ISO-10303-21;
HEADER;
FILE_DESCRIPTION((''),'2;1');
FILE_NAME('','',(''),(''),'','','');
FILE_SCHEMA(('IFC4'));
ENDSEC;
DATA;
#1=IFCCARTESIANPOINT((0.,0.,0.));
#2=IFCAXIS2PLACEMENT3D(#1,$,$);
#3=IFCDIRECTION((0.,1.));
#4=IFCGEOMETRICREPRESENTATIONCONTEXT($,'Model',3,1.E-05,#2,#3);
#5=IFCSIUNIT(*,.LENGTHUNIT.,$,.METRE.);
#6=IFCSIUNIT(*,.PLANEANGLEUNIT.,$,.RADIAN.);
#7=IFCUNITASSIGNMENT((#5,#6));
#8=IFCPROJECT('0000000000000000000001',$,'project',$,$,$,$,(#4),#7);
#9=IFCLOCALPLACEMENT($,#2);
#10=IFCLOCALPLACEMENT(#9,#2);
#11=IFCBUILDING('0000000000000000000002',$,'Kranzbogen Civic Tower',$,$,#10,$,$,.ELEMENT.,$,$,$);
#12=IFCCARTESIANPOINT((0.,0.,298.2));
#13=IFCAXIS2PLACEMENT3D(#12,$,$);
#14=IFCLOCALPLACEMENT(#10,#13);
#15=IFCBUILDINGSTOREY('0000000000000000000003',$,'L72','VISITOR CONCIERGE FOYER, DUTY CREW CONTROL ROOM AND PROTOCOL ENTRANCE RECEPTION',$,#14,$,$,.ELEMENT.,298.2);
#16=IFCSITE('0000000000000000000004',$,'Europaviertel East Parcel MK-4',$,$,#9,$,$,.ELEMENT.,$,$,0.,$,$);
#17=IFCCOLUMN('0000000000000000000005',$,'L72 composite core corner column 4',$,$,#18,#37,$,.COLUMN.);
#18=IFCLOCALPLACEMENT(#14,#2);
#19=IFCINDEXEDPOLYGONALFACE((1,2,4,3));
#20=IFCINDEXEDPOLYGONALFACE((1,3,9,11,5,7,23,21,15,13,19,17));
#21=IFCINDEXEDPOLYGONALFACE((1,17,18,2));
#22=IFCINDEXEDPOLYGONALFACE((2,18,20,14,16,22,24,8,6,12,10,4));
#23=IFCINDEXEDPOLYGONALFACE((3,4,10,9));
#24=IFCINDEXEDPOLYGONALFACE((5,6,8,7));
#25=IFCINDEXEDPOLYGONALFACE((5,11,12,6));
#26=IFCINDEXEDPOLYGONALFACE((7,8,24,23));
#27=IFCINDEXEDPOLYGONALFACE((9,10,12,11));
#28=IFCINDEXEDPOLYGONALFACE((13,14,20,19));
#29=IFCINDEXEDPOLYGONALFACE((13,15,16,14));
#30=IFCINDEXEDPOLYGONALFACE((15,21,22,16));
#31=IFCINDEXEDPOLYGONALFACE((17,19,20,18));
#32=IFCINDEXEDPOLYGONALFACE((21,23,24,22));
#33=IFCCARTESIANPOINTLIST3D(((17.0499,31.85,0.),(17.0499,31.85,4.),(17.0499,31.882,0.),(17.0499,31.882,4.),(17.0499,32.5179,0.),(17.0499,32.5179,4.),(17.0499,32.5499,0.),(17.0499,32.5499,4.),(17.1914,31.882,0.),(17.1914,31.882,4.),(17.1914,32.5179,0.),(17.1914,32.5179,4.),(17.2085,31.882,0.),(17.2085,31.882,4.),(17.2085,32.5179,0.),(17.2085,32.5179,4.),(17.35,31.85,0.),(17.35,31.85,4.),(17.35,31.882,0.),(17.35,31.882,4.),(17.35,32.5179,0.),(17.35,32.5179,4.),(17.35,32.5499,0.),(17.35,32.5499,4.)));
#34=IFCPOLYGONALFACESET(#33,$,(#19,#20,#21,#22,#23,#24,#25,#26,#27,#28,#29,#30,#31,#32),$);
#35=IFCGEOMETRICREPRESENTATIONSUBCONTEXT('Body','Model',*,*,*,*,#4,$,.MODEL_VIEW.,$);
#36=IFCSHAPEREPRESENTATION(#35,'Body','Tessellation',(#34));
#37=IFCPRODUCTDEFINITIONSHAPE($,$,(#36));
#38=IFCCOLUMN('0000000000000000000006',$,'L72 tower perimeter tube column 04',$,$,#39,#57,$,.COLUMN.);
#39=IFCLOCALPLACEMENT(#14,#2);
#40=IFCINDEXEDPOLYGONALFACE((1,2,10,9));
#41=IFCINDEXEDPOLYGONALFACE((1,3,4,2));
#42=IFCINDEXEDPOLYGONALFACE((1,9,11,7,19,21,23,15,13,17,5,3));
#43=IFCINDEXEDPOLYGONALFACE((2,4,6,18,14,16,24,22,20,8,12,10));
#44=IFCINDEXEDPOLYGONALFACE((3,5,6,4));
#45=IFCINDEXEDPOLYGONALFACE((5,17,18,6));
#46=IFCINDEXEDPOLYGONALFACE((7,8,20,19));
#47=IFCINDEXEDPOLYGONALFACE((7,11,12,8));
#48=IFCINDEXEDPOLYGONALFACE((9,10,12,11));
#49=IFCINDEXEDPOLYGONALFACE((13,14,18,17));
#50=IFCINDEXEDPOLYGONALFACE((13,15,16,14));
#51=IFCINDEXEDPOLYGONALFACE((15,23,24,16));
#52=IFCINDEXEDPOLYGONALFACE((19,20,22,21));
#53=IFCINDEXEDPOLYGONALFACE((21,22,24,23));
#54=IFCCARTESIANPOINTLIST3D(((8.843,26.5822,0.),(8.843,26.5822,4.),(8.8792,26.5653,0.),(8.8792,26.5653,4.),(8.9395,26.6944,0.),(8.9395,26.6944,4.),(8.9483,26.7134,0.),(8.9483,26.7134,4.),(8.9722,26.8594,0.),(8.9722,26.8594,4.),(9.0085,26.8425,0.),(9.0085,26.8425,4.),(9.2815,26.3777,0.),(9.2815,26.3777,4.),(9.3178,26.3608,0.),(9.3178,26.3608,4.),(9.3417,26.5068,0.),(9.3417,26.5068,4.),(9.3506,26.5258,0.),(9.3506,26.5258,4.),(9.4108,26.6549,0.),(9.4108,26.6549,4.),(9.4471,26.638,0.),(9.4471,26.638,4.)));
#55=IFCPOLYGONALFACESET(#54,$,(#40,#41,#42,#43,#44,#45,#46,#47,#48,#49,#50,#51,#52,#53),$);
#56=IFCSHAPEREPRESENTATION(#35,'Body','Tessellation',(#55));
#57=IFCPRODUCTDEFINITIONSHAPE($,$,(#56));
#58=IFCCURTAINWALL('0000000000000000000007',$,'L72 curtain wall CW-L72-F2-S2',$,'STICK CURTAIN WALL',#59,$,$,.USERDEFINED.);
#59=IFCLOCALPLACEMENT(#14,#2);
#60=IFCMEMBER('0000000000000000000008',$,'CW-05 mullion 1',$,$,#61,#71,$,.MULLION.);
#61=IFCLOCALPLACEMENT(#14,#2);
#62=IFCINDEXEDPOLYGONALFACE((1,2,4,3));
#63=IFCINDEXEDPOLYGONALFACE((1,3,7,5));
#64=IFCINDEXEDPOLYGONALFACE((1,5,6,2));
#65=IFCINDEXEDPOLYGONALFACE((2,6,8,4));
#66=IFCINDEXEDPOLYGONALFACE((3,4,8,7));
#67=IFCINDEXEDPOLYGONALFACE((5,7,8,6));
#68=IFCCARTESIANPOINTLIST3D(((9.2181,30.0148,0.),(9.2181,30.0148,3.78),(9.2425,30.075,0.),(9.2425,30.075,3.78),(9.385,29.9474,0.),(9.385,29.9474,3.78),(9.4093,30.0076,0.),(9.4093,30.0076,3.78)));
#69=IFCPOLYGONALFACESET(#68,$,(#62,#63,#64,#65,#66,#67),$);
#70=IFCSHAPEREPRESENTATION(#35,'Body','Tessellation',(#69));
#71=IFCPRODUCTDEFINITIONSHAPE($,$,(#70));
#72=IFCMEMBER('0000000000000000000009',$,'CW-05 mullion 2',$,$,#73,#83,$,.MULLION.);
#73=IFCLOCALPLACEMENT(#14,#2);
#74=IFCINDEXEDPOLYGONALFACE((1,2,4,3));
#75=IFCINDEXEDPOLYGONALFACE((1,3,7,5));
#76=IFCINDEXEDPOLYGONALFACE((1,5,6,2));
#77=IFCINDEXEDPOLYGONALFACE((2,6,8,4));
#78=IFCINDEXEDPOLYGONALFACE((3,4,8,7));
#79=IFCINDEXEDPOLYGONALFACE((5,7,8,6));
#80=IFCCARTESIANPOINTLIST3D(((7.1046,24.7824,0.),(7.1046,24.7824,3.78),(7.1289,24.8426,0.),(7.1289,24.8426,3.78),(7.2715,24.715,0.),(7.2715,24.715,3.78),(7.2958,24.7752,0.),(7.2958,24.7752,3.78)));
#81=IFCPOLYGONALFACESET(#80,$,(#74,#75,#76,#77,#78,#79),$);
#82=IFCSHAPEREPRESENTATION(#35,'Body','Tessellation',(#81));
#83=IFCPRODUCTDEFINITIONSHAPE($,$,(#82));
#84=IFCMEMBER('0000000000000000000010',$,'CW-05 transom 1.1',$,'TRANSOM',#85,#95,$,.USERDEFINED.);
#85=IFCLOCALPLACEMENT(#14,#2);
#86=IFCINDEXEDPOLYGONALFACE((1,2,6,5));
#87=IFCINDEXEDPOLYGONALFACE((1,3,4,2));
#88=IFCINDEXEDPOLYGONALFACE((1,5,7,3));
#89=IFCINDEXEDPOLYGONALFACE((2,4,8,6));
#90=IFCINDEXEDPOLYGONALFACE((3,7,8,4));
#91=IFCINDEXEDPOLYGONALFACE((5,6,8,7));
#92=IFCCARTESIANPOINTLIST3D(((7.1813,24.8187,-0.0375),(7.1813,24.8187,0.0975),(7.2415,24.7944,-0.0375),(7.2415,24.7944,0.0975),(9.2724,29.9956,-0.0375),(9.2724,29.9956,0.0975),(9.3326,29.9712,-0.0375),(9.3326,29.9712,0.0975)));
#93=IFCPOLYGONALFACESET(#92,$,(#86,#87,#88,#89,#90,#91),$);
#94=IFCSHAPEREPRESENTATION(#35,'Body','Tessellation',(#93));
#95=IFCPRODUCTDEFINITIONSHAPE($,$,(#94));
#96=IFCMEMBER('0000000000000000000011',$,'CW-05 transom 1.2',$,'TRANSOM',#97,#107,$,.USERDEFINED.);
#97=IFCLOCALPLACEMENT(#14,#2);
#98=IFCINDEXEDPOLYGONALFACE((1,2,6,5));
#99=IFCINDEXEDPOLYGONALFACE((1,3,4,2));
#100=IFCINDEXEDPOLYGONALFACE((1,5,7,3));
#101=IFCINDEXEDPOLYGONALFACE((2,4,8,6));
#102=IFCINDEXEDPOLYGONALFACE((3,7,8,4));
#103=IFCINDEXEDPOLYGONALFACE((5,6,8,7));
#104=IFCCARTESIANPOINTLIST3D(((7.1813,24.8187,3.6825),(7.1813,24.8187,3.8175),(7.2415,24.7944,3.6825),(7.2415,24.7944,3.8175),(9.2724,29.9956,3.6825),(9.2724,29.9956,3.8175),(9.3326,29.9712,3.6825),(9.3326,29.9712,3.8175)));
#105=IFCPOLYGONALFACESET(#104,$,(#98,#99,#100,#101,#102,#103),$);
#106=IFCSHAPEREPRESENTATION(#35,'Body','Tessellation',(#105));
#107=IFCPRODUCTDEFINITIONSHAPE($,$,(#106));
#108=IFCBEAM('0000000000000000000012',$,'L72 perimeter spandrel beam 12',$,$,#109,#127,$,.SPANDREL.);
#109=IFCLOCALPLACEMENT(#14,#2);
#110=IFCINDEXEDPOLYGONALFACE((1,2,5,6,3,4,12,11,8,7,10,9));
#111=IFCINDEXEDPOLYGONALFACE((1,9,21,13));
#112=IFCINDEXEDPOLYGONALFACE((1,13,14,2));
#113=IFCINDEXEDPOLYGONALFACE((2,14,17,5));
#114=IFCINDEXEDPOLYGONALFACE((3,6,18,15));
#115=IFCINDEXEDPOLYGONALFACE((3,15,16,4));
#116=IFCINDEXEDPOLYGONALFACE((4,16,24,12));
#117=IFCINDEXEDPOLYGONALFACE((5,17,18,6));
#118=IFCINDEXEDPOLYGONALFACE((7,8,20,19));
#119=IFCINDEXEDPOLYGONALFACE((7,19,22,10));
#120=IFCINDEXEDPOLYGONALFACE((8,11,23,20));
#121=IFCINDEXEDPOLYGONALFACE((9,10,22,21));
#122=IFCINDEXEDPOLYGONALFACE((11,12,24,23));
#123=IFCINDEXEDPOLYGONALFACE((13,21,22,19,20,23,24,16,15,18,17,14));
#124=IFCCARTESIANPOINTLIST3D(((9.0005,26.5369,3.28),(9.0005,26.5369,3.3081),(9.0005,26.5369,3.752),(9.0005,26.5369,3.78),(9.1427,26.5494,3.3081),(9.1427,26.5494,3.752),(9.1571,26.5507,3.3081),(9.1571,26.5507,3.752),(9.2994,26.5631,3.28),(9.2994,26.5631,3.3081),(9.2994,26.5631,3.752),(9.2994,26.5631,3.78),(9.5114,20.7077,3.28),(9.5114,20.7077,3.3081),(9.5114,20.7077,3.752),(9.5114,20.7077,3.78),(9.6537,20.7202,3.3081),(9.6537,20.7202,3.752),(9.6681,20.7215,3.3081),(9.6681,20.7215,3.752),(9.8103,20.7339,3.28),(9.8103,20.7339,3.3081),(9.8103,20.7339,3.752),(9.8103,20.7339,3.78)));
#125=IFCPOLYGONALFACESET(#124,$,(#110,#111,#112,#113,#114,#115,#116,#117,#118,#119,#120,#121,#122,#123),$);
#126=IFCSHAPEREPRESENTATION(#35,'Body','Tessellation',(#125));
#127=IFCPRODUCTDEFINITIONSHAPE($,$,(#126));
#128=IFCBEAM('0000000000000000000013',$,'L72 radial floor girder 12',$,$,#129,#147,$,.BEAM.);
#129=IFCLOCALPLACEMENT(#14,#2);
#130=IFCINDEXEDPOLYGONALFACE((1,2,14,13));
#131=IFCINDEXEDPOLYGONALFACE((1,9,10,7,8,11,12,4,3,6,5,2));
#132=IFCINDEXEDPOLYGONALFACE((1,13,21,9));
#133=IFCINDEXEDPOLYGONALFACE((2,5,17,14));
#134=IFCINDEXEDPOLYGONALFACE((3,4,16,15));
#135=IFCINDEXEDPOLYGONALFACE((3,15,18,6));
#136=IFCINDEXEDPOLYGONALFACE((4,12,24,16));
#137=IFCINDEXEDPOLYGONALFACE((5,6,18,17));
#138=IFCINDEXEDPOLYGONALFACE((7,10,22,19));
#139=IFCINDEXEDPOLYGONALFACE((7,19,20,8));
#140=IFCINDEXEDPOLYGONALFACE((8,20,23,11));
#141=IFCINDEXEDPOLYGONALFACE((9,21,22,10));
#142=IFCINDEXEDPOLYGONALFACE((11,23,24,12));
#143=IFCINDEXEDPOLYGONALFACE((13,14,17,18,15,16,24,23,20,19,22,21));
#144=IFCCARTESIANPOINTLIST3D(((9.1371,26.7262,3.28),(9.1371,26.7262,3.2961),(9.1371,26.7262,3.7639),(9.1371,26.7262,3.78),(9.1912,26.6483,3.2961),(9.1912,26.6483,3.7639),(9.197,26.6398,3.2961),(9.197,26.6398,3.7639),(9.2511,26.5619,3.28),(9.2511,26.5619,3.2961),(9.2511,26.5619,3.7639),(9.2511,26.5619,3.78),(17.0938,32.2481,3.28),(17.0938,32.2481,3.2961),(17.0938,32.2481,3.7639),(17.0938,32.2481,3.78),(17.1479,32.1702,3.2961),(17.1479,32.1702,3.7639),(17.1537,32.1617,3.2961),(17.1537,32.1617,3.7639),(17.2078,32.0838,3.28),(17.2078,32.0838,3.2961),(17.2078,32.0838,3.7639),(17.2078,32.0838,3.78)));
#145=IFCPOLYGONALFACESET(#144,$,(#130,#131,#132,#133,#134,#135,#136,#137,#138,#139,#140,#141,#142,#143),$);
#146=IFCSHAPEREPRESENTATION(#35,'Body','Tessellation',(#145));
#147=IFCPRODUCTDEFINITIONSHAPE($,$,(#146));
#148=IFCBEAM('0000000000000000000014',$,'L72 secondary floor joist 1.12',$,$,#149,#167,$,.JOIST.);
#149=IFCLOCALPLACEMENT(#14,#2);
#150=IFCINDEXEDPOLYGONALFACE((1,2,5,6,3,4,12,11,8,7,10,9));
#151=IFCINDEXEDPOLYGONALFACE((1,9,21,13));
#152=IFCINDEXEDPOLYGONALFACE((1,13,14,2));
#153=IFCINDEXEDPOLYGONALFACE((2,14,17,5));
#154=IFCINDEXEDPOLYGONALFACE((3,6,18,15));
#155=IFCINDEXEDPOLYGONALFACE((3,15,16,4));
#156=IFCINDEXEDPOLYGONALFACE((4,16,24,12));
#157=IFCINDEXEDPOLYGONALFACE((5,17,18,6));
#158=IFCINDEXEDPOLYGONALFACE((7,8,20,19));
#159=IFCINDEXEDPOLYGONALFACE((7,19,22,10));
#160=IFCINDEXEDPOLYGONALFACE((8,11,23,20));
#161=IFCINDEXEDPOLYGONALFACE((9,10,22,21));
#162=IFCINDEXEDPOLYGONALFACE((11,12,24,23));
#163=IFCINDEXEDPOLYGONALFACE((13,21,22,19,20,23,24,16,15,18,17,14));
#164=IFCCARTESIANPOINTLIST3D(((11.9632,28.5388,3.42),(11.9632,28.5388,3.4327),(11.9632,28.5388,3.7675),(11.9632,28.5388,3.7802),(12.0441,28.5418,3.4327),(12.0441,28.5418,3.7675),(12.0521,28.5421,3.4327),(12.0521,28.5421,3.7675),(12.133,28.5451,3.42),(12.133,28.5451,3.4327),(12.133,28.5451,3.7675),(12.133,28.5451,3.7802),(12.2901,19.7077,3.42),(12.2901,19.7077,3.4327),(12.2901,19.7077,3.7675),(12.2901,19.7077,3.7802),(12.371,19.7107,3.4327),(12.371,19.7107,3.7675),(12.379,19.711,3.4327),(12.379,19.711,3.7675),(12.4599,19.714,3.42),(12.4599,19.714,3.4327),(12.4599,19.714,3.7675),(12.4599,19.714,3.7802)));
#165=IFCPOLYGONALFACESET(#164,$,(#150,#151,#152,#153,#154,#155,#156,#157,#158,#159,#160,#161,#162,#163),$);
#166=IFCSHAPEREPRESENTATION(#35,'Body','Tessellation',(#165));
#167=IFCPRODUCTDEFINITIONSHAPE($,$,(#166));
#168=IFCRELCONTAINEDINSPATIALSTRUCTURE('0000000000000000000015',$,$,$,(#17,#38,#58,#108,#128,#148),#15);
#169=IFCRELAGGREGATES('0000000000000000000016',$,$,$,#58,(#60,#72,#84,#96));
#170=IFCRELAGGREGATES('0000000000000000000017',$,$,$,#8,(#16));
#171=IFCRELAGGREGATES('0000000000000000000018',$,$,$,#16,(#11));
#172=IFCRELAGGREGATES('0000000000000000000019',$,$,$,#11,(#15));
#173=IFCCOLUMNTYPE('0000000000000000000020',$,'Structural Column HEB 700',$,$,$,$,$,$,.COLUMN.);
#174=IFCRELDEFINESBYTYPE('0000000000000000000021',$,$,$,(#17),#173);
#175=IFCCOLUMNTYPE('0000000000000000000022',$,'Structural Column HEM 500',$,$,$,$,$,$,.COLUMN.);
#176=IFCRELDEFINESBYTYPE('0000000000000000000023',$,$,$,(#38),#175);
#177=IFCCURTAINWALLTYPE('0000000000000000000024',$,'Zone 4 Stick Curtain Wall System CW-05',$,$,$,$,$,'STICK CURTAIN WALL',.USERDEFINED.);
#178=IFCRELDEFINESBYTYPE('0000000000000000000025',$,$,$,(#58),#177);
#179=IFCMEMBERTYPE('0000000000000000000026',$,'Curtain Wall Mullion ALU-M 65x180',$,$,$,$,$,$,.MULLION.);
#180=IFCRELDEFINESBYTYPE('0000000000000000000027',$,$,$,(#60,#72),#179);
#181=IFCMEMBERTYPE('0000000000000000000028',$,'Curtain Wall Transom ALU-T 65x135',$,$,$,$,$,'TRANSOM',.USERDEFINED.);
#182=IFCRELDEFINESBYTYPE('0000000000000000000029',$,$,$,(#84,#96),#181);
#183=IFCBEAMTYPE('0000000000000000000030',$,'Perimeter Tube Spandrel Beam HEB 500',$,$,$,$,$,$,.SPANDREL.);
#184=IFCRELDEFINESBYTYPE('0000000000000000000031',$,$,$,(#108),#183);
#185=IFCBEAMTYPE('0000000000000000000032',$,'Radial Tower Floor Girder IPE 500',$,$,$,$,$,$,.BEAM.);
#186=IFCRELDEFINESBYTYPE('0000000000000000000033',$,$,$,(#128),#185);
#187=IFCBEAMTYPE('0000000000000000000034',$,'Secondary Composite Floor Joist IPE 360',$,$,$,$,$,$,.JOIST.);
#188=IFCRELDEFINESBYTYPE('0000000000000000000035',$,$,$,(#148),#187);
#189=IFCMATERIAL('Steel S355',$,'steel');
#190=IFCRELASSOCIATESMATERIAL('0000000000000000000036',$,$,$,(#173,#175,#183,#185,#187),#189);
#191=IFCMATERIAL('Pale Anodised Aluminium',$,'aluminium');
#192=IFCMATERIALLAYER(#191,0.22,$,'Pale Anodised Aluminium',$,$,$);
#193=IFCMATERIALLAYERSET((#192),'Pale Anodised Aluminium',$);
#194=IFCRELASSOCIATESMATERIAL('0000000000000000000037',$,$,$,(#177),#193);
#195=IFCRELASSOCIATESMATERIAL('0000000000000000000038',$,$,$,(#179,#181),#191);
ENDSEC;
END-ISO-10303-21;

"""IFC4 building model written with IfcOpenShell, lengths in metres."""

from ifc_helpers import new_model, si_unit, direction, frame, origin, origin_2d, place, context, subcontext, project, spatial, rectangle, i_section, extrude, material, layer, layer_set, material_profile, profile_set, type_object, element, aggregate, save


model = new_model("IFC4")

# Units and contexts
model_context = context("Model", 3, precision=1e-05, world=origin(), true_north=direction((0.0, 1.0)))
body_context = subcontext(model_context, "Body", "Model", "MODEL_VIEW")
ifc_project = project(units=[si_unit("LENGTHUNIT", "METRE"), si_unit("PLANEANGLEUNIT", "RADIAN")], contexts=[model_context])

# Site, building, storey
site_placement = place(None, origin())
site = spatial("IfcSite", under=ifc_project, at=site_placement, Name="Europaviertel East Parcel MK-4", CompositionType="ELEMENT", RefElevation=0.0)
building_placement = place(site_placement, origin())
building = spatial("IfcBuilding", under=site, at=building_placement, Name="Kranzbogen Civic Tower", CompositionType="ELEMENT")
storey_placement = place(building_placement, frame((0.0, 0.0, 298.2)))
storey = spatial("IfcBuildingStorey", under=building, at=storey_placement, Name="L72", Description="VISITOR CONCIERGE FOYER, DUTY CREW CONTROL ROOM AND PROTOCOL ENTRANCE RECEPTION", CompositionType="ELEMENT", Elevation=298.2)

# Columns
ifc_material_1 = material(Name="Steel S355", Category="steel")
ifc_material_profile_1 = material_profile(ifc_material_1, i_section(OverallWidth=0.3, OverallDepth=0.7, WebThickness=0.0171, FlangeThickness=0.032, at=origin_2d()), Name="HEB 700")
ifc_profile_set_1 = profile_set([ifc_material_profile_1], Name="Steel S355")
column_type_1 = type_object("IfcColumnType", Name="Structural Column HEB 700", PredefinedType="COLUMN", material=ifc_profile_set_1)
column_1_placement = place(storey_placement, frame((17.2, 32.2, 0.0), z_axis=(0.0, 0.0, 1.0), x_axis=(1.0, 0.0, 0.0)))
element("IfcColumn", 1, at=column_1_placement, inside=storey, type_object=column_type_1, Name="L72 composite core corner column 4", PredefinedType="COLUMN", context=body_context, shape_type="SweptSolid", body=[
    extrude(i_section(OverallWidth=0.3, OverallDepth=0.7, WebThickness=0.0171, FlangeThickness=0.032, at=origin_2d()), origin(), (0.0, 0.0, 1.0), 4.0),
])
ifc_material_profile_2 = material_profile(ifc_material_1, i_section(OverallWidth=0.3059, OverallDepth=0.5239, WebThickness=0.021, FlangeThickness=0.04, at=origin_2d()), Name="HEM 500")
ifc_profile_set_2 = profile_set([ifc_material_profile_2], Name="Steel S355")
column_type_2 = type_object("IfcColumnType", Name="Structural Column HEM 500", PredefinedType="COLUMN", material=ifc_profile_set_2)
column_2_placement = place(storey_placement, frame((9.145, 26.6101, 0.0), z_axis=(0.0, 0.0, 1.0), x_axis=(0.422618, 0.906308, 0.0)))
element("IfcColumn", 2, at=column_2_placement, inside=storey, type_object=column_type_2, Name="L72 tower perimeter tube column 04", PredefinedType="COLUMN", context=body_context, shape_type="SweptSolid", body=[
    extrude(i_section(OverallWidth=0.3059, OverallDepth=0.5239, WebThickness=0.021, FlangeThickness=0.04, at=origin_2d()), origin(), (0.0, 0.0, 1.0), 4.0),
])

# Curtain wall, members
ifc_material_2 = material(Name="Pale Anodised Aluminium", Category="aluminium")
ifc_layer_1 = layer(ifc_material_2, 0.22, Name="Pale Anodised Aluminium")
ifc_layer_set_1 = layer_set([ifc_layer_1], Name="Pale Anodised Aluminium")
curtain_wall_type = type_object("IfcCurtainWallType", Name="Zone 4 Stick Curtain Wall System CW-05", ElementType="STICK CURTAIN WALL", PredefinedType="USERDEFINED", material=ifc_layer_set_1)
curtain_wall_placement = place(storey_placement, origin())
curtain_wall = element("IfcCurtainWall", 3, at=curtain_wall_placement, inside=storey, type_object=curtain_wall_type, Name="L72 curtain wall CW-L72-F2-S2", ObjectType="STICK CURTAIN WALL", PredefinedType="USERDEFINED")
ifc_material_profile_3 = material_profile(ifc_material_2, rectangle(XDim=0.0649, YDim=0.1799, at=origin_2d()), Name="ALU-M 65x180")
ifc_profile_set_3 = profile_set([ifc_material_profile_3], Name="Pale Anodised Aluminium")
member_type_1 = type_object("IfcMemberType", Name="Curtain Wall Mullion ALU-M 65x180", PredefinedType="MULLION", material=ifc_profile_set_3)
member_1_placement = place(storey_placement, frame((9.3137, 30.0112, 0.0), z_axis=(0.0, 0.0, 1.0), x_axis=(-0.374533, -0.927214, 0.0)))
member_1 = element("IfcMember", 4, at=member_1_placement, type_object=member_type_1, Name="CW-05 mullion 1", PredefinedType="MULLION", context=body_context, shape_type="SweptSolid", body=[
    extrude(rectangle(XDim=0.0649, YDim=0.1799, at=origin_2d()), origin(), (0.0, 0.0, 1.0), 3.78),
])
member_2_placement = place(storey_placement, frame((7.2002, 24.7788, 0.0), z_axis=(0.0, 0.0, 1.0), x_axis=(-0.374533, -0.927214, 0.0)))
member_2 = element("IfcMember", 5, at=member_2_placement, type_object=member_type_1, Name="CW-05 mullion 2", PredefinedType="MULLION", context=body_context, shape_type="SweptSolid", body=[
    extrude(rectangle(XDim=0.0649, YDim=0.1799, at=origin_2d()), origin(), (0.0, 0.0, 1.0), 3.78),
])
ifc_material_profile_4 = material_profile(ifc_material_2, rectangle(XDim=0.0649, YDim=0.135, at=origin_2d()), Name="ALU-T 65x135")
ifc_profile_set_4 = profile_set([ifc_material_profile_4], Name="Pale Anodised Aluminium")
member_type_2 = type_object("IfcMemberType", Name="Curtain Wall Transom ALU-T 65x135", ElementType="TRANSOM", PredefinedType="USERDEFINED", material=ifc_profile_set_4)
member_3_placement = place(storey_placement, frame((9.3025, 29.9834, 0.03), z_axis=(-0.374532, -0.927214, 0.0), x_axis=(0.927214, -0.374532, 0.0)))
member_3 = element("IfcMember", 6, at=member_3_placement, type_object=member_type_2, Name="CW-05 transom 1.1", ObjectType="TRANSOM", PredefinedType="USERDEFINED", context=body_context, shape_type="SweptSolid", body=[
    extrude(rectangle(XDim=0.0649, YDim=0.135, at=origin_2d()), origin(), (0.0, 0.0, 1.0), 5.5833),
])
member_4_placement = place(storey_placement, frame((9.3025, 29.9834, 3.75), z_axis=(-0.374532, -0.927214, 0.0), x_axis=(0.927214, -0.374532, 0.0)))
member_4 = element("IfcMember", 7, at=member_4_placement, type_object=member_type_2, Name="CW-05 transom 1.2", ObjectType="TRANSOM", PredefinedType="USERDEFINED", context=body_context, shape_type="SweptSolid", body=[
    extrude(rectangle(XDim=0.0649, YDim=0.135, at=origin_2d()), origin(), (0.0, 0.0, 1.0), 5.5833),
])

# Beams
ifc_material_profile_5 = material_profile(ifc_material_1, i_section(OverallWidth=0.3, OverallDepth=0.5, WebThickness=0.0144, FlangeThickness=0.0281, at=origin_2d()), Name="HEB 500")
ifc_profile_set_5 = profile_set([ifc_material_profile_5], Name="Steel S355")
beam_type_1 = type_object("IfcBeamType", Name="Perimeter Tube Spandrel Beam HEB 500", PredefinedType="SPANDREL", material=ifc_profile_set_5)
beam_1_placement = place(storey_placement, frame((9.1499, 26.55, 3.53), z_axis=(0.087326, -0.99618, 0.0), x_axis=(0.99618, 0.087326, 0.0)))
element("IfcBeam", 8, at=beam_1_placement, inside=storey, type_object=beam_type_1, Name="L72 perimeter spandrel beam 12", PredefinedType="SPANDREL", context=body_context, shape_type="SweptSolid", body=[
    extrude(i_section(OverallWidth=0.3, OverallDepth=0.5, WebThickness=0.0144, FlangeThickness=0.0281, at=origin_2d()), origin(), (0.0, 0.0, 1.0), 5.8516),
])
ifc_material_profile_6 = material_profile(ifc_material_1, i_section(OverallWidth=0.2, OverallDepth=0.5, WebThickness=0.0103, FlangeThickness=0.0161, at=origin_2d()), Name="IPE 500")
ifc_profile_set_6 = profile_set([ifc_material_profile_6], Name="Steel S355")
beam_type_2 = type_object("IfcBeamType", Name="Radial Tower Floor Girder IPE 500", PredefinedType="BEAM", material=ifc_profile_set_6)
beam_2_placement = place(storey_placement, frame((9.1941, 26.644, 3.53), z_axis=(0.821543, 0.570147, 0.0), x_axis=(-0.570147, 0.821543, 0.0)))
element("IfcBeam", 9, at=beam_2_placement, inside=storey, type_object=beam_type_2, Name="L72 radial floor girder 12", PredefinedType="BEAM", context=body_context, shape_type="SweptSolid", body=[
    extrude(i_section(OverallWidth=0.2, OverallDepth=0.5, WebThickness=0.0103, FlangeThickness=0.0161, at=origin_2d()), origin(), (0.0, 0.0, 1.0), 9.6851),
])
ifc_material_profile_7 = material_profile(ifc_material_1, i_section(OverallWidth=0.1699, OverallDepth=0.3601, WebThickness=0.0081, FlangeThickness=0.0127, at=origin_2d()), Name="IPE 360")
ifc_profile_set_7 = profile_set([ifc_material_profile_7], Name="Steel S355")
beam_type_3 = type_object("IfcBeamType", Name="Secondary Composite Floor Joist IPE 360", PredefinedType="JOIST", material=ifc_profile_set_7)
beam_3_placement = place(storey_placement, frame((12.0481, 28.542, 3.6001), z_axis=(0.036992, -0.999316, 0.0), x_axis=(0.999316, 0.036992, 0.0)))
element("IfcBeam", 10, at=beam_3_placement, inside=storey, type_object=beam_type_3, Name="L72 secondary floor joist 1.12", PredefinedType="JOIST", context=body_context, shape_type="SweptSolid", body=[
    extrude(i_section(OverallWidth=0.1699, OverallDepth=0.3601, WebThickness=0.0081, FlangeThickness=0.0127, at=origin_2d()), origin(), (0.0, 0.0, 1.0), 8.8372),
])

aggregate(curtain_wall, [member_1, member_2, member_3, member_4])

save(model, "model.ifc")
